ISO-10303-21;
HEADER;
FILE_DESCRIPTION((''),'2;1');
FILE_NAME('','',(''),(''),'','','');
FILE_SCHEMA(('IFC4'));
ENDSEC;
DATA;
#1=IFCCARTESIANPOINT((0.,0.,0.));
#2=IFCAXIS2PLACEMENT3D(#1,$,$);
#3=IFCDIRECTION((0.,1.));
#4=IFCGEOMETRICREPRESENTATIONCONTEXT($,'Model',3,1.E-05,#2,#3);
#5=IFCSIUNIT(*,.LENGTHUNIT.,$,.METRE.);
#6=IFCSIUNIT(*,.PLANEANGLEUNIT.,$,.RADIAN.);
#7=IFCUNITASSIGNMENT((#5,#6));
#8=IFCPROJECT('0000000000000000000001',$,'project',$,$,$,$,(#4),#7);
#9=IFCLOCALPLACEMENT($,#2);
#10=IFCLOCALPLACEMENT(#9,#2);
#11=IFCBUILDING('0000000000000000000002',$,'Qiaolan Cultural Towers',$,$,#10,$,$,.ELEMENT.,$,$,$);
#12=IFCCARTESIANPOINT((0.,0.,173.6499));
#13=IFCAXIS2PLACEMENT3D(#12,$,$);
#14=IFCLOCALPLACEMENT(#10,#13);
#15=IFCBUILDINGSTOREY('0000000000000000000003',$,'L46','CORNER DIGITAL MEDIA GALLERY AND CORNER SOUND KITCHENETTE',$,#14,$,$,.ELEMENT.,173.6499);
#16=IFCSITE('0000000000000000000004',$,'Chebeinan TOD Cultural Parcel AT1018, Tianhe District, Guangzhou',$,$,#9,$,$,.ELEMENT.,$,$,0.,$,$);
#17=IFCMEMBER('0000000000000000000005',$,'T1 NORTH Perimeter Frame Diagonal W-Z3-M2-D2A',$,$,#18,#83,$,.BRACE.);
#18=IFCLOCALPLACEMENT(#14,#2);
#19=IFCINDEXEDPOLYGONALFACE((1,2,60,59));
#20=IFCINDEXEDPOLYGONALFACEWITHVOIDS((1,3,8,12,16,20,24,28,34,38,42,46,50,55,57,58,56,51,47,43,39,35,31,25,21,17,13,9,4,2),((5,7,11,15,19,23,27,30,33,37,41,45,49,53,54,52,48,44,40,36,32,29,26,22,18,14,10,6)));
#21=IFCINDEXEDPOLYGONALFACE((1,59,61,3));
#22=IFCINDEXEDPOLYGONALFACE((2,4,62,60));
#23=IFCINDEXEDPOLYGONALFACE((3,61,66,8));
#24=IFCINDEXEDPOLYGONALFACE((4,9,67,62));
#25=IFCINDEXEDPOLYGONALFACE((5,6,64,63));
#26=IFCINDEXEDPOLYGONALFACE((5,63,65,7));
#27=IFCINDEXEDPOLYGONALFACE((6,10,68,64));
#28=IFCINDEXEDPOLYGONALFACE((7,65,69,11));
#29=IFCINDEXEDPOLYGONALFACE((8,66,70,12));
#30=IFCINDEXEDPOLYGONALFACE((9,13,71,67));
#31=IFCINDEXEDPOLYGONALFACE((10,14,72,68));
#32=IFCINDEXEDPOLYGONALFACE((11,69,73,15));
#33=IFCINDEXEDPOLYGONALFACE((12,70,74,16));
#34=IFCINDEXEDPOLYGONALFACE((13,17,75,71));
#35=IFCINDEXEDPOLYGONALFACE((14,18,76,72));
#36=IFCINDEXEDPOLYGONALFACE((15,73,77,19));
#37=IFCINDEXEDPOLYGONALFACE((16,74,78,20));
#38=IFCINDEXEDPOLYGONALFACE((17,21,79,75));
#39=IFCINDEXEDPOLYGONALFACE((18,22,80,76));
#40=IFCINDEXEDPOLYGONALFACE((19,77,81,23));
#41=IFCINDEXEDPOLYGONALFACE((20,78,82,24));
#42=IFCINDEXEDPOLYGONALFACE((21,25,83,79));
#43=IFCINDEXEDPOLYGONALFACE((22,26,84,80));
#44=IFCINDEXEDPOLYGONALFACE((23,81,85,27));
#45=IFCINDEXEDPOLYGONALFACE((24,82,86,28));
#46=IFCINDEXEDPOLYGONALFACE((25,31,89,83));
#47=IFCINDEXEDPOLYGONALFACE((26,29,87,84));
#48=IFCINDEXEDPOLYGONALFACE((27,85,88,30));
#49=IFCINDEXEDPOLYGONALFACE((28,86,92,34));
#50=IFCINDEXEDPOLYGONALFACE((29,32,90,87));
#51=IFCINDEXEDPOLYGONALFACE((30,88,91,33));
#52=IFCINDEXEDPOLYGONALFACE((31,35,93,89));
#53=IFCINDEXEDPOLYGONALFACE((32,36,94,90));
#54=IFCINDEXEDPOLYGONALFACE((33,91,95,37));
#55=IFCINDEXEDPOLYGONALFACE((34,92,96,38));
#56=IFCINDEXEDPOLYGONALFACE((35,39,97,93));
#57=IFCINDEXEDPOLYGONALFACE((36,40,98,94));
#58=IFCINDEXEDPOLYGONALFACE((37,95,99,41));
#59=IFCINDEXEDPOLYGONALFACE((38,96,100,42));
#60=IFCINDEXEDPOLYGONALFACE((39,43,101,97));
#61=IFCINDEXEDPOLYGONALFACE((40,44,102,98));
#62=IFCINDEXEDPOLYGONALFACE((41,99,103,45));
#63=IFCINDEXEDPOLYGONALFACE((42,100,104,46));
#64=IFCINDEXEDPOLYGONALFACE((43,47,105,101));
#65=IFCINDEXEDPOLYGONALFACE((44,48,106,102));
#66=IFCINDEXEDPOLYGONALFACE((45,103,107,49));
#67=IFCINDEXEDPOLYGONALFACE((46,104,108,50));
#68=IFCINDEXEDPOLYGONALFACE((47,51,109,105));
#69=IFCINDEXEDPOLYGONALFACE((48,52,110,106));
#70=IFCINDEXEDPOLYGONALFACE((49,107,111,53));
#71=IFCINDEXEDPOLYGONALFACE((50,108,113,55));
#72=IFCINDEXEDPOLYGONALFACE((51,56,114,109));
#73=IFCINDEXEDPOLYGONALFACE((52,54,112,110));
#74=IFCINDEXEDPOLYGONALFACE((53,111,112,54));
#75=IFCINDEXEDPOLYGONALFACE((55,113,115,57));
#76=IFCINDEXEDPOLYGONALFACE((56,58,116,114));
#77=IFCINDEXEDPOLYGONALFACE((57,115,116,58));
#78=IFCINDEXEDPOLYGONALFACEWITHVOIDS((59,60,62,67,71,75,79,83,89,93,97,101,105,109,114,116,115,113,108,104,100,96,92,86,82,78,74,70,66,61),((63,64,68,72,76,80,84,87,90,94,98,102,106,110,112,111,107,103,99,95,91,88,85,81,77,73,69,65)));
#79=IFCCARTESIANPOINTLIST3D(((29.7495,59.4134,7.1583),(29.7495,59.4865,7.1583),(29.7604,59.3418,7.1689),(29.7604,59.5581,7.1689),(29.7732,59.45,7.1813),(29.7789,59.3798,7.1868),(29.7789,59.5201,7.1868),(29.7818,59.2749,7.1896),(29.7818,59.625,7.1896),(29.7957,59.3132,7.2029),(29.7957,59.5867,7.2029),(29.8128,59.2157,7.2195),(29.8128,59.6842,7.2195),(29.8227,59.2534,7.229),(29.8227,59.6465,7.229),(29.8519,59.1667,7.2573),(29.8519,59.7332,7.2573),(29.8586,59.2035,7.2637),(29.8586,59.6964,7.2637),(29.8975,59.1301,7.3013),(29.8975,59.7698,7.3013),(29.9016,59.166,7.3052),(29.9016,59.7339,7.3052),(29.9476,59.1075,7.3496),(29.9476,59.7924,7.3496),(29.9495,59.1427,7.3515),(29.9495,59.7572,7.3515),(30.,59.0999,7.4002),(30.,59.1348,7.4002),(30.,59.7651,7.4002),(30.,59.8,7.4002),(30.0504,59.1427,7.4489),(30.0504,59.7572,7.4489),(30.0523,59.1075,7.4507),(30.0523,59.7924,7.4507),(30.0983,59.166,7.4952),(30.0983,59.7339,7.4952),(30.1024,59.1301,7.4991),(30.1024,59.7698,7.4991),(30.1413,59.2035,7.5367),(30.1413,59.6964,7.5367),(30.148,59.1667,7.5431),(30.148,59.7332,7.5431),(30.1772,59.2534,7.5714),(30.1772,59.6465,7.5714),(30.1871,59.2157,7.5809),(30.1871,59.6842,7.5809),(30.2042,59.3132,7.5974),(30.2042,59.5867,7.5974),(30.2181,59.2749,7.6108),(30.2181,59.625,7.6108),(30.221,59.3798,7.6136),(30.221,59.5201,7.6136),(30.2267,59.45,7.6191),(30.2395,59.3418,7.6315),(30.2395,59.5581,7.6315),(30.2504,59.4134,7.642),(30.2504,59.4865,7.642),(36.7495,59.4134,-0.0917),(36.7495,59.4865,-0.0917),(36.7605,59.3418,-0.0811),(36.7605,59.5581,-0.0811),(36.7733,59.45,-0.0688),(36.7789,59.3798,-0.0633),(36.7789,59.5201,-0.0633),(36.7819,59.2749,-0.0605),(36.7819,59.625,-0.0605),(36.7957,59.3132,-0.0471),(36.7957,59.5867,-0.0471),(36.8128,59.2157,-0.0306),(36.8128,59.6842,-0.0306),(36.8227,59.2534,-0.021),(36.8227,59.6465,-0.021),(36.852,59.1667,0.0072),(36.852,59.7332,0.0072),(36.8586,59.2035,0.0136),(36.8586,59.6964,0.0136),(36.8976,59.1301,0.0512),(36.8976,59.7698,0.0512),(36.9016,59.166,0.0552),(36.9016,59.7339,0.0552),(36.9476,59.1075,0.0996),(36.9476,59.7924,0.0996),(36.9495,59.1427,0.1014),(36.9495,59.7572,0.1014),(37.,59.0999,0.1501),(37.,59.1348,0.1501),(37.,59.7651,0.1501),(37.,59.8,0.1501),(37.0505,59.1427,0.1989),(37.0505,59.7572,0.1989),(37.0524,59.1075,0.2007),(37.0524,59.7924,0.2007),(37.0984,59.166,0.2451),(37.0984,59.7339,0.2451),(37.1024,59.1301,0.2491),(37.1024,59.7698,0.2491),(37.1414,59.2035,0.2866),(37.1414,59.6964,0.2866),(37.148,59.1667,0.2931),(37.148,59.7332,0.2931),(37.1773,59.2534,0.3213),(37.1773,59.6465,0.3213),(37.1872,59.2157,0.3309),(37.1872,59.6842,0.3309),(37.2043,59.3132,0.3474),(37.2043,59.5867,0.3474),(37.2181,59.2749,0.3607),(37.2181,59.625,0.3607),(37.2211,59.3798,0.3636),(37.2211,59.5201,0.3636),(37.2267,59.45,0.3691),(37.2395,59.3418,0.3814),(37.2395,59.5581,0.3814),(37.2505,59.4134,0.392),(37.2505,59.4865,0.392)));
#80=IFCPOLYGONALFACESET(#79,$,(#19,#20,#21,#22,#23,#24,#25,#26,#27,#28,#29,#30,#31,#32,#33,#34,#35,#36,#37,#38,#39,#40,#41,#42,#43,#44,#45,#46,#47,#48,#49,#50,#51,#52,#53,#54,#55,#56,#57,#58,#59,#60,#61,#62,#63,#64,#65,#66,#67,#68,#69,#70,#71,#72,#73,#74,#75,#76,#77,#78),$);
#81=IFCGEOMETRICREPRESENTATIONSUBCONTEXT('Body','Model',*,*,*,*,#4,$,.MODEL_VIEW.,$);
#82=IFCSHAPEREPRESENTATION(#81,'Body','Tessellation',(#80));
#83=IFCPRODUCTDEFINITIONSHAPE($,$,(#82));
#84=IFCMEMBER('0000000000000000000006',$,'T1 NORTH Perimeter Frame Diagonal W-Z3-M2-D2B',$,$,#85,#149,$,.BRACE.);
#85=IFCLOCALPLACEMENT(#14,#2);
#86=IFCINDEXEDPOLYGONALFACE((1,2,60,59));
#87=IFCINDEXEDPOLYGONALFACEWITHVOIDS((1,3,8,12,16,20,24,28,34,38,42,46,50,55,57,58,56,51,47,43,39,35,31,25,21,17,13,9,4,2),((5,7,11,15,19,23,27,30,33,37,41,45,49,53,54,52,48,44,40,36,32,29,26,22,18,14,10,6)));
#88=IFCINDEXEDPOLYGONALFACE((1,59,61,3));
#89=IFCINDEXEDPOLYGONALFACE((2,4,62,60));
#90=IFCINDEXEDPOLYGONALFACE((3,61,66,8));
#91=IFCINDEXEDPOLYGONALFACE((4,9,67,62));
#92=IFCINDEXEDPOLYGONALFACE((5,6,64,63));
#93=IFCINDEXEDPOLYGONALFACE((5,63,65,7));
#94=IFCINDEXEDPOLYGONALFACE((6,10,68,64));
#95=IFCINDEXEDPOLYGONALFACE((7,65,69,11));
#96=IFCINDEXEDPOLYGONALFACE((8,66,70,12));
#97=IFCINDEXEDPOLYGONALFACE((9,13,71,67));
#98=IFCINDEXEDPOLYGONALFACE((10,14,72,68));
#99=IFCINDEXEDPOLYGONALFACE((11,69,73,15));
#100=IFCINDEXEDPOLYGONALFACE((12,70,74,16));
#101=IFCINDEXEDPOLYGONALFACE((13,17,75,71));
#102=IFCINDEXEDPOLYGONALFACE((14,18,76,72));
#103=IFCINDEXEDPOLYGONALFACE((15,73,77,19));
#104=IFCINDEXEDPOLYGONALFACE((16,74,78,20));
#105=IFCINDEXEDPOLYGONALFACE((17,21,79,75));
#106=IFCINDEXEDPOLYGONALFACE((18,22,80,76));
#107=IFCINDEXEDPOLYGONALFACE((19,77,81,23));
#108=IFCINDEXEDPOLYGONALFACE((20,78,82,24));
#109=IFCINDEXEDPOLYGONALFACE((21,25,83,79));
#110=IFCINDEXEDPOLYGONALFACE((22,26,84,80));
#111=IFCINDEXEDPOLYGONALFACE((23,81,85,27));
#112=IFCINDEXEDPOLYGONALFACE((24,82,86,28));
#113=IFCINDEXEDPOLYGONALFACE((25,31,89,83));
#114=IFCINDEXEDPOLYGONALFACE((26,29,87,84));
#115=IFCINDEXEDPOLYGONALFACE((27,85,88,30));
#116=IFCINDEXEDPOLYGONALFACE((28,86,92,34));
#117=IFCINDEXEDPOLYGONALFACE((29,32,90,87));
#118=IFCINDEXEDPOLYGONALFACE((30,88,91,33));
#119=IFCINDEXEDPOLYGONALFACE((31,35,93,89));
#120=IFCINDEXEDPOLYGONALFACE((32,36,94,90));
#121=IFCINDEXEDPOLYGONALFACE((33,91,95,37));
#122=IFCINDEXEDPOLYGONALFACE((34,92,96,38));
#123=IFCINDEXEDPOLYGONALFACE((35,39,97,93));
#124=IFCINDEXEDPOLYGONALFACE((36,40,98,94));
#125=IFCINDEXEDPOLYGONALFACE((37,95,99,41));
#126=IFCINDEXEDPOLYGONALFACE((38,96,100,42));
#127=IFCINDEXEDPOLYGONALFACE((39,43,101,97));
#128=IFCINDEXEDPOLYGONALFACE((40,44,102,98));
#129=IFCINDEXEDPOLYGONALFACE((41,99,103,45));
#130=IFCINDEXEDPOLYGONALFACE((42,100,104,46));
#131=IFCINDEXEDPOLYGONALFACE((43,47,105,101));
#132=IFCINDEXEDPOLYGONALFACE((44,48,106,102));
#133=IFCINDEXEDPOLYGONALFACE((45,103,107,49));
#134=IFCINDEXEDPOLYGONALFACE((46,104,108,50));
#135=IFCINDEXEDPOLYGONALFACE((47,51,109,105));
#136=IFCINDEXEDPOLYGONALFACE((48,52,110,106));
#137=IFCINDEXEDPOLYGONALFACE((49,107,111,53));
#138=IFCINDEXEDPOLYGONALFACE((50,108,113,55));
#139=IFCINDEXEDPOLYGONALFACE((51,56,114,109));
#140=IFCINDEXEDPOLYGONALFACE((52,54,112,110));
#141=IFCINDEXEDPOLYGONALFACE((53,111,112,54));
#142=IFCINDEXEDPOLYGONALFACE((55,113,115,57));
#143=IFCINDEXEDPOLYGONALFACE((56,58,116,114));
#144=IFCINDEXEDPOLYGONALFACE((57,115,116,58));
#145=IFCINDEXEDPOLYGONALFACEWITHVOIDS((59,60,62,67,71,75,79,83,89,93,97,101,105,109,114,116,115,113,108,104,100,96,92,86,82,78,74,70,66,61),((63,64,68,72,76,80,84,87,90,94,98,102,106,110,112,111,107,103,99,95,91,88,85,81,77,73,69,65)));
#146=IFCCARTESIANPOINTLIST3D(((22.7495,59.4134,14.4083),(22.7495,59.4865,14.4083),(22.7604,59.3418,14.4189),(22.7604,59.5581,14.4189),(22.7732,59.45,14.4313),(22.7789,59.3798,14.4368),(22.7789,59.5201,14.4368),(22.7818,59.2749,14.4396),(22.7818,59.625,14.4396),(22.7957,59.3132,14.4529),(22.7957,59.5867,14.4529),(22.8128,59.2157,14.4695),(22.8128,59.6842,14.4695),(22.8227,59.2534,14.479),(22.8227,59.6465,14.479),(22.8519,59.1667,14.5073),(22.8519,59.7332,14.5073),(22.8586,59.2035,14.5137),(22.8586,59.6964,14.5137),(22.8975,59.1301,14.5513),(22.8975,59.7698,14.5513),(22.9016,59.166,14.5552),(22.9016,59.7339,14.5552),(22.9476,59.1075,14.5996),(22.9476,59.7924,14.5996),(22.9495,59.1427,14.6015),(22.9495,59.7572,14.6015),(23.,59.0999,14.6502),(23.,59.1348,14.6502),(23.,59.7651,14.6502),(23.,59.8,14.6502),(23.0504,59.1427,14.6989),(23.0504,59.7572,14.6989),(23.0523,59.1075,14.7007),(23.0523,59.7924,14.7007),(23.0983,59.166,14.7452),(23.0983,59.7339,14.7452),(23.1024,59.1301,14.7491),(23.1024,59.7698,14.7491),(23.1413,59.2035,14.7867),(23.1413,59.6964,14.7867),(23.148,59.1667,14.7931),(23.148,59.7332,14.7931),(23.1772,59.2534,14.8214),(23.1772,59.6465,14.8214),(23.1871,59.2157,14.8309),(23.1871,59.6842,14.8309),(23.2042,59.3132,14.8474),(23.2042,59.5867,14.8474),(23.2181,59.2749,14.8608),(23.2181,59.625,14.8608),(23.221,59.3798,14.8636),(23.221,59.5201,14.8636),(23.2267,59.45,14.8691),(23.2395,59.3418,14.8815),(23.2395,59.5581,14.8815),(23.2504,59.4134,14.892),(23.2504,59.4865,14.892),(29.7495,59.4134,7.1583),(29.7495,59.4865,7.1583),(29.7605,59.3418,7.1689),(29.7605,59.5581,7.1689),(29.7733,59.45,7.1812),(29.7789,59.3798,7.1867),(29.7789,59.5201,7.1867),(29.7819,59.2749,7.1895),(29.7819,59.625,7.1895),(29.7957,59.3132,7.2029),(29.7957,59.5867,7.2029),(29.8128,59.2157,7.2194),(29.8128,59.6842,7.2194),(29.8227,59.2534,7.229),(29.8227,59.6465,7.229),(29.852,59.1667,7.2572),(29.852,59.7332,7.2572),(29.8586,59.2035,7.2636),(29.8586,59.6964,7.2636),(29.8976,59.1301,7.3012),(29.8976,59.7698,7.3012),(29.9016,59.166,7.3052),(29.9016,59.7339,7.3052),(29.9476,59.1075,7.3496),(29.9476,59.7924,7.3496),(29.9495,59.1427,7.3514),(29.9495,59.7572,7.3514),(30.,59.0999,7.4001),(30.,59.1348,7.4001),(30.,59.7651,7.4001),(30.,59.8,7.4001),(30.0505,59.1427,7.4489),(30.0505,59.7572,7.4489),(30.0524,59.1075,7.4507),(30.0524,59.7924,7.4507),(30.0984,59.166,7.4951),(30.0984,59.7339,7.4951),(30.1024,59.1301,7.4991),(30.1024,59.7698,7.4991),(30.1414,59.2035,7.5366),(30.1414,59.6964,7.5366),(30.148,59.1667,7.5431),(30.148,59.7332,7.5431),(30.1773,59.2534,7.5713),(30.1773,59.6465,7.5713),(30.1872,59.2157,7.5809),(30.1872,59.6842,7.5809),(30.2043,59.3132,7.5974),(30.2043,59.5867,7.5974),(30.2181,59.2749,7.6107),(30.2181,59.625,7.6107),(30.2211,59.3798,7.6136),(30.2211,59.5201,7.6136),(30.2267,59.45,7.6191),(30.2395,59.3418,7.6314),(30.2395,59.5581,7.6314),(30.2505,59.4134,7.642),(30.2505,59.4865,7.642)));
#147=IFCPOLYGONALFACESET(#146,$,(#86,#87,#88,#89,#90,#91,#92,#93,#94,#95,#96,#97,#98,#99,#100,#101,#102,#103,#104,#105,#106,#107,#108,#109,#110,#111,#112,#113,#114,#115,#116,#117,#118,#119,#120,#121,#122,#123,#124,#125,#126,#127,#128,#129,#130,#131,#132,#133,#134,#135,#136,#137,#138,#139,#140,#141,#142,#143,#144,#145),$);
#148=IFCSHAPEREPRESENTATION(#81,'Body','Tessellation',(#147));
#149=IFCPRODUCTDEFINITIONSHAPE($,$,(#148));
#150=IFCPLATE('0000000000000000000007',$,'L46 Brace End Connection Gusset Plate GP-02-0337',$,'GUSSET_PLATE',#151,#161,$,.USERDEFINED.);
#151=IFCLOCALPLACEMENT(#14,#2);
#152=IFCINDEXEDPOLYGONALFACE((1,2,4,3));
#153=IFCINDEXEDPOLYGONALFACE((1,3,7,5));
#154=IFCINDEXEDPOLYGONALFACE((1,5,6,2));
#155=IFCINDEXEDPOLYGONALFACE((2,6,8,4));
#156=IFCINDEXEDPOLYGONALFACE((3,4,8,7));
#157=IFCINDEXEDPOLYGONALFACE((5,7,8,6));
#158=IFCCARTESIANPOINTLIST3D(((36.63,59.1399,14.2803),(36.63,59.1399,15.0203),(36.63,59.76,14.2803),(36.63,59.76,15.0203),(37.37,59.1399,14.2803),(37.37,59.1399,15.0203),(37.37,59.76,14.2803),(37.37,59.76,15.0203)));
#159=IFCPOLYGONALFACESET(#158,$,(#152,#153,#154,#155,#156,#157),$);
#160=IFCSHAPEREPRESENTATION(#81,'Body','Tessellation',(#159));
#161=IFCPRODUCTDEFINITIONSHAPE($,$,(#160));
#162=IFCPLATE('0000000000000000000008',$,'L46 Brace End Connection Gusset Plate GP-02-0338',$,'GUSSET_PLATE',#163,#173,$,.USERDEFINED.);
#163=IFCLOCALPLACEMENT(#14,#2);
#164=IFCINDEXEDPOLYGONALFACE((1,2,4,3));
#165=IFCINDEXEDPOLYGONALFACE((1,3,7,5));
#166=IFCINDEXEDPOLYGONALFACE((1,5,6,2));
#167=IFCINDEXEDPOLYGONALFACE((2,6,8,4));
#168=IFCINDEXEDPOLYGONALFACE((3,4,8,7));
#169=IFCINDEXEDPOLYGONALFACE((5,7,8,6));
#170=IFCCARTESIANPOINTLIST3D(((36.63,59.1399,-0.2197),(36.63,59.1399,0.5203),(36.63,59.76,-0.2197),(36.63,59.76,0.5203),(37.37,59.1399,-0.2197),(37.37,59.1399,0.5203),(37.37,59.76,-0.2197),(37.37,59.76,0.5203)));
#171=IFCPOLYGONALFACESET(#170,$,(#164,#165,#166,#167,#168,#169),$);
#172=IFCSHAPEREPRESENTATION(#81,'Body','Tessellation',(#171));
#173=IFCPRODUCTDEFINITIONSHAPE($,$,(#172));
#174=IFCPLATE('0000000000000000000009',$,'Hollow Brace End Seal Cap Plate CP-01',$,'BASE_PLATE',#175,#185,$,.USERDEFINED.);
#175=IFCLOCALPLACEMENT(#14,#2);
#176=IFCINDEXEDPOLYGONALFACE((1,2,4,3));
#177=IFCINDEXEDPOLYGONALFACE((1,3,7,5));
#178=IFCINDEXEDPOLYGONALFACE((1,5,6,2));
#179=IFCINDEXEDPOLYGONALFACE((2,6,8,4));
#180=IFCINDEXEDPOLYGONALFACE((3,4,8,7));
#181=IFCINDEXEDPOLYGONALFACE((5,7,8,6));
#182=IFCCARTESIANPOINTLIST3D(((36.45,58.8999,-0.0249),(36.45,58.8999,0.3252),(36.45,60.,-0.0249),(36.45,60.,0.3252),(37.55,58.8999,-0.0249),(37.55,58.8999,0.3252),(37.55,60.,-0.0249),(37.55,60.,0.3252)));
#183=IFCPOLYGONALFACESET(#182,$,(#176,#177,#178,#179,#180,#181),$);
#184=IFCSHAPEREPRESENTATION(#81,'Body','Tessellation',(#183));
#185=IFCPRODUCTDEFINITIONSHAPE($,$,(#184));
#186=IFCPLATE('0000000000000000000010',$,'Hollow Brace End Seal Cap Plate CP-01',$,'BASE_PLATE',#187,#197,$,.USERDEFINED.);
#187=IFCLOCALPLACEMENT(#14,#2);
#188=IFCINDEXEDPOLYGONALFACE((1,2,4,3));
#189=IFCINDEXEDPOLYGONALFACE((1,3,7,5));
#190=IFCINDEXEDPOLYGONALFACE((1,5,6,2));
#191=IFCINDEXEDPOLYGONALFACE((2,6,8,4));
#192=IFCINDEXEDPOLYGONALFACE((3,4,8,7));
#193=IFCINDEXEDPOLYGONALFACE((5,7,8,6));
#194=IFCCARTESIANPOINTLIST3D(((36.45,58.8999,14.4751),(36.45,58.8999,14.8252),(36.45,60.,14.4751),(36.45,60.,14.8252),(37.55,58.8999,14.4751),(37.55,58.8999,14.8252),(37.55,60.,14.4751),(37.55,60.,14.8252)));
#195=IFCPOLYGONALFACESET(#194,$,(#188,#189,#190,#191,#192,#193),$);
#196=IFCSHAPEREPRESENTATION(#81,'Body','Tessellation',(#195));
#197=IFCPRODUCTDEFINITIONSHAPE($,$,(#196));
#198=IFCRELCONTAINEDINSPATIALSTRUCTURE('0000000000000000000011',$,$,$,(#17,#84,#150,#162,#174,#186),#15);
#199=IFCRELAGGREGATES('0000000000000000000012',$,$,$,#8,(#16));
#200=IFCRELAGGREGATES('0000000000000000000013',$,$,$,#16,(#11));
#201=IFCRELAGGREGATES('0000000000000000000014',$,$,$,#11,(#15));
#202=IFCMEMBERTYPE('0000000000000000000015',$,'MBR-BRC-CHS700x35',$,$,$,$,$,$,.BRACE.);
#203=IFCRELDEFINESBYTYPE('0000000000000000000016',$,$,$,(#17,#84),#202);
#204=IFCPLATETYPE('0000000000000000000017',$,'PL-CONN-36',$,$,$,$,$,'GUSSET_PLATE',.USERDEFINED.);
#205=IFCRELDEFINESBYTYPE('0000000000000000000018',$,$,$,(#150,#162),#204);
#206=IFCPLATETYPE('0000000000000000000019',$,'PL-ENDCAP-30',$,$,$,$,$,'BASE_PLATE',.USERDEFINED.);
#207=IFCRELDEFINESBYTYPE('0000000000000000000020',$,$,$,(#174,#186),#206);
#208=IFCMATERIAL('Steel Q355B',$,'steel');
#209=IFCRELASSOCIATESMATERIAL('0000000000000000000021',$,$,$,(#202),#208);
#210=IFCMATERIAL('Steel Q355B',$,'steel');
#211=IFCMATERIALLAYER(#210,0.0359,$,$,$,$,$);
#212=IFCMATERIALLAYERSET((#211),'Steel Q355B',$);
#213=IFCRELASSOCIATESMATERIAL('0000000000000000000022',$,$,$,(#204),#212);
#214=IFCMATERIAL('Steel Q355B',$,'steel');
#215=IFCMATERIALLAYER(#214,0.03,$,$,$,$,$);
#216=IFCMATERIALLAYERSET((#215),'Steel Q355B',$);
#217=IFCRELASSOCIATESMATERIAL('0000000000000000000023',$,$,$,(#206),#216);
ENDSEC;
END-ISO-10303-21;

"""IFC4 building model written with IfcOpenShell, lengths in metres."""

from ifc_helpers import new_model, si_unit, direction, frame, origin, origin_2d, place, context, subcontext, project, spatial, rectangle, hollow_circle, extrude, material, layer, layer_set, material_profile, profile_set, type_object, element, save


model = new_model("IFC4")

# Units and contexts
model_context = context("Model", 3, precision=1e-05, world=origin(), true_north=direction((0.0, 1.0)))
body_context = subcontext(model_context, "Body", "Model", "MODEL_VIEW")
ifc_project = project(units=[si_unit("LENGTHUNIT", "METRE"), si_unit("PLANEANGLEUNIT", "RADIAN")], contexts=[model_context])

# Site, building, storey
site_placement = place(None, origin())
site = spatial("IfcSite", under=ifc_project, at=site_placement, Name="Chebeinan TOD Cultural Parcel AT1018, Tianhe District, Guangzhou", CompositionType="ELEMENT", RefElevation=0.0)
building_placement = place(site_placement, origin())
building = spatial("IfcBuilding", under=site, at=building_placement, Name="Qiaolan Cultural Towers", CompositionType="ELEMENT")
storey_placement = place(building_placement, frame((0.0, 0.0, 173.6499)))
storey = spatial("IfcBuildingStorey", under=building, at=storey_placement, Name="L46", Description="CORNER DIGITAL MEDIA GALLERY AND CORNER SOUND KITCHENETTE", CompositionType="ELEMENT", Elevation=173.6499)

# Members
ifc_material_1 = material(Name="Steel Q355B", Category="steel")
ifc_material_profile_1 = material_profile(ifc_material_1, hollow_circle(Radius=0.3501, WallThickness=0.0349, at=origin_2d()), Name="CHS700x35")
ifc_profile_set_1 = profile_set([ifc_material_profile_1], Name="Steel Q355B")
member_type = type_object("IfcMemberType", Name="MBR-BRC-CHS700x35", PredefinedType="BRACE", material=ifc_profile_set_1)
for number, where, z_axis, x_axis, name in (
    (1, (37.0, 59.45, 0.1501), (-0.694595, 0.0, 0.719401), (0.0, -1.0, 0.0), "T1 NORTH Perimeter Frame Diagonal W-Z3-M2-D2A"),
    (2, (30.0, 59.45, 7.4001), (-0.694595, 0.0, 0.719401), (0.0, -1.0, 0.0), "T1 NORTH Perimeter Frame Diagonal W-Z3-M2-D2B"),
):
    element("IfcMember", number, at=place(storey_placement, frame(where, z_axis=z_axis, x_axis=x_axis)), inside=storey, type_object=member_type, Name=name, PredefinedType="BRACE", context=body_context, shape_type="SweptSolid", body=[
        extrude(hollow_circle(Radius=0.3501, WallThickness=0.0349, at=origin_2d()), origin(), (0.0, 0.0, 1.0), 10.0779),
    ])

# Plates
ifc_material_2 = material(Name="Steel Q355B", Category="steel")
ifc_layer_1 = layer(ifc_material_2, 0.0359)
ifc_layer_set_1 = layer_set([ifc_layer_1], Name="Steel Q355B")
plate_type_1 = type_object("IfcPlateType", Name="PL-CONN-36", ElementType="GUSSET_PLATE", PredefinedType="USERDEFINED", material=ifc_layer_set_1)
for number, where, z_axis, x_axis, name in (
    (3, (37.0, 59.45, 14.2803), (0.0, 0.0, 1.0), (1.0, 0.0, 0.0), "L46 Brace End Connection Gusset Plate GP-02-0337"),
    (4, (37.0, 59.45, -0.2197), (0.0, 0.0, 1.0), (1.0, 0.0, 0.0), "L46 Brace End Connection Gusset Plate GP-02-0338"),
):
    element("IfcPlate", number, at=place(storey_placement, frame(where, z_axis=z_axis, x_axis=x_axis)), inside=storey, type_object=plate_type_1, Name=name, ObjectType="GUSSET_PLATE", PredefinedType="USERDEFINED", context=body_context, shape_type="SweptSolid", body=[
        extrude(rectangle(XDim=0.74, YDim=0.6201, at=origin_2d()), origin(), (0.0, 0.0, 1.0), 0.74),
    ])
ifc_material_3 = material(Name="Steel Q355B", Category="steel")
ifc_layer_2 = layer(ifc_material_3, 0.03)
ifc_layer_set_2 = layer_set([ifc_layer_2], Name="Steel Q355B")
plate_type_2 = type_object("IfcPlateType", Name="PL-ENDCAP-30", ElementType="BASE_PLATE", PredefinedType="USERDEFINED", material=ifc_layer_set_2)
for number, where, z_axis, x_axis, name in (
    (5, (37.0, 59.45, -0.0249), (0.0, 0.0, 1.0), (1.0, 0.0, 0.0), "Hollow Brace End Seal Cap Plate CP-01"),
    (6, (37.0, 59.45, 14.4751), (0.0, 0.0, 1.0), (1.0, 0.0, 0.0), "Hollow Brace End Seal Cap Plate CP-01"),
):
    element("IfcPlate", number, at=place(storey_placement, frame(where, z_axis=z_axis, x_axis=x_axis)), inside=storey, type_object=plate_type_2, Name=name, ObjectType="BASE_PLATE", PredefinedType="USERDEFINED", context=body_context, shape_type="SweptSolid", body=[
        extrude(rectangle(XDim=1.1001, YDim=1.1001, at=origin_2d()), origin(), (0.0, 0.0, 1.0), 0.3501),
    ])

save(model, "model.ifc")
